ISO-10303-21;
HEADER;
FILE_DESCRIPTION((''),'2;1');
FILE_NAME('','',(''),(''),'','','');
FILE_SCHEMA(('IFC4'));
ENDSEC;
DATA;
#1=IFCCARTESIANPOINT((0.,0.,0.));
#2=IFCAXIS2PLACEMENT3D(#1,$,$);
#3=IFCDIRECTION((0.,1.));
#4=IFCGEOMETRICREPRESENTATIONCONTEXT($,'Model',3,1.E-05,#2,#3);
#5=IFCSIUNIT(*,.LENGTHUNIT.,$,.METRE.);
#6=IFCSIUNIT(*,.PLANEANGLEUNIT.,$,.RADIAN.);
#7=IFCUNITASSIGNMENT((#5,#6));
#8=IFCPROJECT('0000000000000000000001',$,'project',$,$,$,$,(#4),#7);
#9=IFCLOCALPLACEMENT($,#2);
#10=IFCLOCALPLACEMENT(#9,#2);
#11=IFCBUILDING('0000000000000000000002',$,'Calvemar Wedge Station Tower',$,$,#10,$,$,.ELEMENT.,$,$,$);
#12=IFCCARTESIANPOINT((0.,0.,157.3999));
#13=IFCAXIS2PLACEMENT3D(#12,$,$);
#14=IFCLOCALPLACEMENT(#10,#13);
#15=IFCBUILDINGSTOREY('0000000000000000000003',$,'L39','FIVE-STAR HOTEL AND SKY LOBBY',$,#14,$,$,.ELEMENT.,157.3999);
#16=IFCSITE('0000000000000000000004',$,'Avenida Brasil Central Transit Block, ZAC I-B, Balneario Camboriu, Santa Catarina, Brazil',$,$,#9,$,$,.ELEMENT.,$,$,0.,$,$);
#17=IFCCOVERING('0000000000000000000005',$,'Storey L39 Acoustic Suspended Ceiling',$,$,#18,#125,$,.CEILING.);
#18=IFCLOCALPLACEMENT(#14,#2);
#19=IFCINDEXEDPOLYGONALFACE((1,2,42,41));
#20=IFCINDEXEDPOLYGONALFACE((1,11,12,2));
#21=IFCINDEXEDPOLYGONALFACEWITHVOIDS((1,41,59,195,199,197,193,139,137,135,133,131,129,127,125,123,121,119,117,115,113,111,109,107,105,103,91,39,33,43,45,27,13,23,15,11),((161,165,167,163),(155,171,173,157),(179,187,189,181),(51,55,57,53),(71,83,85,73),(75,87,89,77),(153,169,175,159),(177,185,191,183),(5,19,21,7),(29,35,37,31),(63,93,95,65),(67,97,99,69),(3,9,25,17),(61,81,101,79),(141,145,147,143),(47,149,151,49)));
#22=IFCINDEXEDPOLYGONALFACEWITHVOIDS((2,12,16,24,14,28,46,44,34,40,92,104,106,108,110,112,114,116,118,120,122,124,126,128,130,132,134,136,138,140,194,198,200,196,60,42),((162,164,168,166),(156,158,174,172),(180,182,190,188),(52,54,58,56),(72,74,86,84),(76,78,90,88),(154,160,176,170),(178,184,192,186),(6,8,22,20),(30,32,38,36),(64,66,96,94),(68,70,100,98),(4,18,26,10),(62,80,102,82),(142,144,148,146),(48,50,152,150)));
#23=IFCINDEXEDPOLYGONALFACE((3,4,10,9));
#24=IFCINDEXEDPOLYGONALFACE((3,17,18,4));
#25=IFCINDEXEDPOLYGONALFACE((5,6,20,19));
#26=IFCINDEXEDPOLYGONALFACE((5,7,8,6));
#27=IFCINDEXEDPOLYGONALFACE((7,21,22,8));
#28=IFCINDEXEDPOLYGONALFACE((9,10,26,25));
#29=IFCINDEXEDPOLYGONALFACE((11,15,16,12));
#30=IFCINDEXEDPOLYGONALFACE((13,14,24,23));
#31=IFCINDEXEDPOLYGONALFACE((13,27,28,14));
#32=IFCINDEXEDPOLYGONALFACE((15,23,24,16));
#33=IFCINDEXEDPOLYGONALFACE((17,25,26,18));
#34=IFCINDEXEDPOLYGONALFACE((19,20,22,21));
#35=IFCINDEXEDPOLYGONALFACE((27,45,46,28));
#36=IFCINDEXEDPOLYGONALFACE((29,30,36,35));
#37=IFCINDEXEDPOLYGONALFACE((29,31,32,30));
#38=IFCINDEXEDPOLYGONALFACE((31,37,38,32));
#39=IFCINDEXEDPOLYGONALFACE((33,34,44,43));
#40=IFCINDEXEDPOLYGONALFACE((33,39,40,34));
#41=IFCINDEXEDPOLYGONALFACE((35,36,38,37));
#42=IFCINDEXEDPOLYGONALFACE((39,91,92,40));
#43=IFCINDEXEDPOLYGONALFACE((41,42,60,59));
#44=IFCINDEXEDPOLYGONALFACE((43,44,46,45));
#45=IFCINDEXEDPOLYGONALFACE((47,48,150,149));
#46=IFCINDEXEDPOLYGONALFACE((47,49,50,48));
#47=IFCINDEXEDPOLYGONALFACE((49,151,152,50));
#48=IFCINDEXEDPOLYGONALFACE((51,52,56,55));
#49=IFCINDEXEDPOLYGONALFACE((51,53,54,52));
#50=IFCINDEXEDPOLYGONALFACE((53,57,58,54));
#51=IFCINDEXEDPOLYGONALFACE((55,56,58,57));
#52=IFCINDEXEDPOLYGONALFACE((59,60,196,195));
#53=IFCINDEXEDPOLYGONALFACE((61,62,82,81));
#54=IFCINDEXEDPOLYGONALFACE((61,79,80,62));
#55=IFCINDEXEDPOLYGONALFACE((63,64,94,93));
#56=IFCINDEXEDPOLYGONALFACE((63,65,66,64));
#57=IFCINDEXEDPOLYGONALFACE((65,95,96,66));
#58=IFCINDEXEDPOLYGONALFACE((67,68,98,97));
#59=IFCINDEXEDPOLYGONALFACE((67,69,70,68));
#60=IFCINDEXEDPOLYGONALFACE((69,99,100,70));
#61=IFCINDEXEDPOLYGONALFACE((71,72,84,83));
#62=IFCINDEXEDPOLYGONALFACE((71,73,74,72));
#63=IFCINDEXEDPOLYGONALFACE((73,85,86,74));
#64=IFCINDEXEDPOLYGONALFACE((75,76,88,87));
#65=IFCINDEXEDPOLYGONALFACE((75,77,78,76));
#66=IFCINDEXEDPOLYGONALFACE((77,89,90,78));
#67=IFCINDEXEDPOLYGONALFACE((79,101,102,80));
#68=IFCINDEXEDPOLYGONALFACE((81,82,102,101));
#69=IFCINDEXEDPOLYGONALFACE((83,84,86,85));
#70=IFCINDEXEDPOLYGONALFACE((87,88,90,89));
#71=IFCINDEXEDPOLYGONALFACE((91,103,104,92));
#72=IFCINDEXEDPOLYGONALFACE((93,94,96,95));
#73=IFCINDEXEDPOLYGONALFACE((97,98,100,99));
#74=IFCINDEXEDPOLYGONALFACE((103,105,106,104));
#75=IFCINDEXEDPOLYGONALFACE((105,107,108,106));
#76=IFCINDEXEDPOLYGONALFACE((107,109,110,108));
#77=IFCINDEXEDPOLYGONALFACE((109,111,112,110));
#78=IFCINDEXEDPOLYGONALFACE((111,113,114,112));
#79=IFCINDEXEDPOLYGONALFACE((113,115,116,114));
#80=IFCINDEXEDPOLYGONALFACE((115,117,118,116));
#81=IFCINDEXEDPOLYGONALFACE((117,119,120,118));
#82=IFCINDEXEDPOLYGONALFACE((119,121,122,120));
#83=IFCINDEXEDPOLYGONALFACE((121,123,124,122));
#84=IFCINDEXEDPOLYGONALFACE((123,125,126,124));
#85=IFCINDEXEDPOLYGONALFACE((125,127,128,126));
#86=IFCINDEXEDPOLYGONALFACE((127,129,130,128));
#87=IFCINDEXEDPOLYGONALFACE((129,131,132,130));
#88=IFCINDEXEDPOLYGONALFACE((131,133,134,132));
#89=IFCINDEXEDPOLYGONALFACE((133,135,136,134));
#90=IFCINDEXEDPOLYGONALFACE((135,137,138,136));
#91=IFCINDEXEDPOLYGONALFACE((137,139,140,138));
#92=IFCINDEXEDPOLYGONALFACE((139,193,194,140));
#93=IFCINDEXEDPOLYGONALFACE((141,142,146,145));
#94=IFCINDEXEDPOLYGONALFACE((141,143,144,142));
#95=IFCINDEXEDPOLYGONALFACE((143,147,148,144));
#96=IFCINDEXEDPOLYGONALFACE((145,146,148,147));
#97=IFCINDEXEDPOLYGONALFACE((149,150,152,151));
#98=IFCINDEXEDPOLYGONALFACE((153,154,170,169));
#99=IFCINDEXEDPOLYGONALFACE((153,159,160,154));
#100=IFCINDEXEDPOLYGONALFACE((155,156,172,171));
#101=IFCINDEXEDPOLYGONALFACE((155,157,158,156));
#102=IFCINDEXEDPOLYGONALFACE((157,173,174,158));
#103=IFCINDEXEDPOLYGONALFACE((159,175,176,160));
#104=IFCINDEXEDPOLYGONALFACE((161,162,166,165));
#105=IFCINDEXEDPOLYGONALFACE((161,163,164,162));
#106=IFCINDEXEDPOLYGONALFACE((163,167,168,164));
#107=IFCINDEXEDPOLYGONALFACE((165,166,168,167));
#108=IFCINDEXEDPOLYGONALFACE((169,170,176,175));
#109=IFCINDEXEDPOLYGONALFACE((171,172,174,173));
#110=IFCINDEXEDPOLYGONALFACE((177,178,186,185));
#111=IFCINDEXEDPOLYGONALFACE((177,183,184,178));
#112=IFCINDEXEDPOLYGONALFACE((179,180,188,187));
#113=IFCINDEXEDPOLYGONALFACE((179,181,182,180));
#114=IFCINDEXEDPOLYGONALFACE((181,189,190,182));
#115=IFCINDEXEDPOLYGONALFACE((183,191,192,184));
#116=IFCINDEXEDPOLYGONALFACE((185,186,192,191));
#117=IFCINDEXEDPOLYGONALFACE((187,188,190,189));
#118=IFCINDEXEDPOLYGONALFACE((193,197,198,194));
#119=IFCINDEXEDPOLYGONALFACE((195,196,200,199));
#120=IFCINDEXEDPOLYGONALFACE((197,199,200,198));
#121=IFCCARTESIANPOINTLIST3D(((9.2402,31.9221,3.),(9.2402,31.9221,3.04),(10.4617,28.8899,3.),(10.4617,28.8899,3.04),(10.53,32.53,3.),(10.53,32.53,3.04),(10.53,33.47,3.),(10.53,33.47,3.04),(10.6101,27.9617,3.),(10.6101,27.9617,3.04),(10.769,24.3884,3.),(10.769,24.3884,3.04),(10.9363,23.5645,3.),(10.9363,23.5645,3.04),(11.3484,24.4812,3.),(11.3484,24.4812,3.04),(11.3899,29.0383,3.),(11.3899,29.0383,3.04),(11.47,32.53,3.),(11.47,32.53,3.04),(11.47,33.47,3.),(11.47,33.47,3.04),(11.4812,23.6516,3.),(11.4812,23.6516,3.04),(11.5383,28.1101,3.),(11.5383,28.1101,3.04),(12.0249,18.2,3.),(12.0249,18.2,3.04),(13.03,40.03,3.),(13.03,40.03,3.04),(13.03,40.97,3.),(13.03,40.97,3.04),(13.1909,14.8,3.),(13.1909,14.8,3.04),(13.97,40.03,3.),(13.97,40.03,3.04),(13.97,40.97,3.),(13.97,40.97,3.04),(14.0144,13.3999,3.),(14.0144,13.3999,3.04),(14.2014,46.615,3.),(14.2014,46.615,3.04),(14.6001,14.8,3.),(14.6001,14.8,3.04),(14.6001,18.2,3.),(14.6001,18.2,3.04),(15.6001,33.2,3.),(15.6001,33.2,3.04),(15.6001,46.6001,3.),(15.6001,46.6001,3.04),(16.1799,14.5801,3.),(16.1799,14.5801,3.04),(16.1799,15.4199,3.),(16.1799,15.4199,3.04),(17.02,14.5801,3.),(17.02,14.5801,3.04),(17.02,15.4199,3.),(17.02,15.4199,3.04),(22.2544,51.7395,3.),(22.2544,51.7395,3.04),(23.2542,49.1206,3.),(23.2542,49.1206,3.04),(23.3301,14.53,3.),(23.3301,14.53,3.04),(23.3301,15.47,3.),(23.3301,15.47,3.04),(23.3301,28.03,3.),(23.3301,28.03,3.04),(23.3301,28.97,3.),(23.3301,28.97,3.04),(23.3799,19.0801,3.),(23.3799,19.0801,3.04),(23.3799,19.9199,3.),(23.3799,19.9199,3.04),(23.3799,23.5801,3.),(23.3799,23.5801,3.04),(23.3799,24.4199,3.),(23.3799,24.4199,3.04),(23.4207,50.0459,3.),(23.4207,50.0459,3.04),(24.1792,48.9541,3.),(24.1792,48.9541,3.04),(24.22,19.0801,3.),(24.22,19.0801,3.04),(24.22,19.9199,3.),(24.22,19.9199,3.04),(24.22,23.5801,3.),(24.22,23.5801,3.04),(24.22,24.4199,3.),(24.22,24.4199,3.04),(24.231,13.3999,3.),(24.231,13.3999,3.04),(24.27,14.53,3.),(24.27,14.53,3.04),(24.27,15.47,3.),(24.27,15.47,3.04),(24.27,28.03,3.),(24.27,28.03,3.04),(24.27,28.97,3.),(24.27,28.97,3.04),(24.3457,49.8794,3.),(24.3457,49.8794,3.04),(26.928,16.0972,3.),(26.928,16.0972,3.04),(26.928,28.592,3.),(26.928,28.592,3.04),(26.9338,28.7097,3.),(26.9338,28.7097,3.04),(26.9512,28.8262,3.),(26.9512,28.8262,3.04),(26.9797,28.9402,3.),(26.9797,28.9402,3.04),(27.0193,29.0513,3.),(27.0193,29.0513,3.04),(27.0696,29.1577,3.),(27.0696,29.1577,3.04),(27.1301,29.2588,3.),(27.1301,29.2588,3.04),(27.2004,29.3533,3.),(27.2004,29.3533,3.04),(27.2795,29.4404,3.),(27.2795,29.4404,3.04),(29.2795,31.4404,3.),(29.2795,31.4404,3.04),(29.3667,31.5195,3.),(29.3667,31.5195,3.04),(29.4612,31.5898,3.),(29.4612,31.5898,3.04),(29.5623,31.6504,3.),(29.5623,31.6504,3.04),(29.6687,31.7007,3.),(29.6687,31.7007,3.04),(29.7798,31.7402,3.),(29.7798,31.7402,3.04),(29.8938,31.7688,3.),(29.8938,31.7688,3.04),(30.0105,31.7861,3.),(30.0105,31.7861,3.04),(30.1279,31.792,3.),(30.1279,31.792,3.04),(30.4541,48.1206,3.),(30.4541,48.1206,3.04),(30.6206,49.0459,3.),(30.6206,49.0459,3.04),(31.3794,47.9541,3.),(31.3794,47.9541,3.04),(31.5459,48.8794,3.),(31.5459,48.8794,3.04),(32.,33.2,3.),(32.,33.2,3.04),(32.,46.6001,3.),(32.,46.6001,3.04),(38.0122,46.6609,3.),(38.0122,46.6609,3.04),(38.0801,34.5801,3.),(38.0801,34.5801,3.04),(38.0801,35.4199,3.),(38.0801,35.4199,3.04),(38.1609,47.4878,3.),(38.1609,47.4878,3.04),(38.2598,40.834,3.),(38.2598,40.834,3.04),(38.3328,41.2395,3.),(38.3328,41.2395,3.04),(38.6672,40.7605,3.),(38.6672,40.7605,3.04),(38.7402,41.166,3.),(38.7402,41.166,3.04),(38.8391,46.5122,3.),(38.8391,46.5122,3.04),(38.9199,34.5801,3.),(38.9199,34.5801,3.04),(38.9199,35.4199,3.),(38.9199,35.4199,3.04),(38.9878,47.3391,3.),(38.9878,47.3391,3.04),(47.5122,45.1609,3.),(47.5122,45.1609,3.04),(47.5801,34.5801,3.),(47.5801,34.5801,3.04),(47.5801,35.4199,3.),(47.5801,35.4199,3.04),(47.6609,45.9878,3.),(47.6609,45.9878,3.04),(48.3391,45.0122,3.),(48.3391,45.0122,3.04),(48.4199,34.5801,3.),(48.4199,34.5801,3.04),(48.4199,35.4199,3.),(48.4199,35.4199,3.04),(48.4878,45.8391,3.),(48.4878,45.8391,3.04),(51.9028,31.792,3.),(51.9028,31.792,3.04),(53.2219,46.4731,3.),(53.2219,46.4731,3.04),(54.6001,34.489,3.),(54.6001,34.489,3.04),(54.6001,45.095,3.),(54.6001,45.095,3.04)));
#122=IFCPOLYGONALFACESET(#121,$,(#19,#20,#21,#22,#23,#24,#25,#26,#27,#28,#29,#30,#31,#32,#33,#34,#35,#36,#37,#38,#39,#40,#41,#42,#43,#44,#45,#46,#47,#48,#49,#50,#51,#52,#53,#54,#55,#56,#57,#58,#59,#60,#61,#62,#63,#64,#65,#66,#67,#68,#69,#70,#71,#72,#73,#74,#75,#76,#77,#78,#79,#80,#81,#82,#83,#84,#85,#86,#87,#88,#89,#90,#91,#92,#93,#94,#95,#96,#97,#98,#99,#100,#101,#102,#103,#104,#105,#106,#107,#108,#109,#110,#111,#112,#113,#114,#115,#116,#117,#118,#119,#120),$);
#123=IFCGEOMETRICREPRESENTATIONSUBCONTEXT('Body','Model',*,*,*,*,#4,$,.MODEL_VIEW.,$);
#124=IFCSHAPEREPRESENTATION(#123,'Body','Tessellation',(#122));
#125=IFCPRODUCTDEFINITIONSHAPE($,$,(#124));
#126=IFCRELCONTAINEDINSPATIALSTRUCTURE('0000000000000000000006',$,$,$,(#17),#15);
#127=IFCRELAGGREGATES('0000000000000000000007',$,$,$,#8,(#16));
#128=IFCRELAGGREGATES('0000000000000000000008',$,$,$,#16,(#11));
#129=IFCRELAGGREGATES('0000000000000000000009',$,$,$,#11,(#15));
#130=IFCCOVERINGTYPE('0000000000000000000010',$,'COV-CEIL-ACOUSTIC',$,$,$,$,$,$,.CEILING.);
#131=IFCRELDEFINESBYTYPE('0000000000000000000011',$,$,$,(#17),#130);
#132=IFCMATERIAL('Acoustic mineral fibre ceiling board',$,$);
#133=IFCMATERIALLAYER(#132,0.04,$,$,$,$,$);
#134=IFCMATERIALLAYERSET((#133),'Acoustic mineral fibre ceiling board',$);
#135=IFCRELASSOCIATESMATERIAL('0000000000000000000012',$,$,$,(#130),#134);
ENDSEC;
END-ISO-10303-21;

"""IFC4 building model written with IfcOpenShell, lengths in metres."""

from ifc_helpers import new_model, si_unit, direction, frame, origin, place, context, subcontext, project, spatial, polyline, outline, extrude, material, layer, layer_set, type_object, element, save


model = new_model("IFC4")

# Units and contexts
model_context = context("Model", 3, precision=1e-05, world=origin(), true_north=direction((0.0, 1.0)))
body_context = subcontext(model_context, "Body", "Model", "MODEL_VIEW")
ifc_project = project(units=[si_unit("LENGTHUNIT", "METRE"), si_unit("PLANEANGLEUNIT", "RADIAN")], contexts=[model_context])

# Site, building, storey
site_placement = place(None, origin())
site = spatial("IfcSite", under=ifc_project, at=site_placement, Name="Avenida Brasil Central Transit Block, ZAC I-B, Balneario Camboriu, Santa Catarina, Brazil", CompositionType="ELEMENT", RefElevation=0.0)
building_placement = place(site_placement, origin())
building = spatial("IfcBuilding", under=site, at=building_placement, Name="Calvemar Wedge Station Tower", CompositionType="ELEMENT")
storey_placement = place(building_placement, frame((0.0, 0.0, 157.3999)))
storey = spatial("IfcBuildingStorey", under=building, at=storey_placement, Name="L39", Description="FIVE-STAR HOTEL AND SKY LOBBY", CompositionType="ELEMENT", Elevation=157.3999)

# Covering
ifc_material_1 = material(Name="Acoustic mineral fibre ceiling board")
ifc_layer_1 = layer(ifc_material_1, 0.04)
ifc_layer_set_1 = layer_set([ifc_layer_1], Name="Acoustic mineral fibre ceiling board")
covering_type_1 = type_object("IfcCoveringType", Name="COV-CEIL-ACOUSTIC", PredefinedType="CEILING", material=ifc_layer_set_1)
covering_1_placement = place(storey_placement, frame((0.0, 0.0, 3.0)))
element("IfcCovering", 1, at=covering_1_placement, inside=storey, type_object=covering_type_1, Name="Storey L39 Acoustic Suspended Ceiling", PredefinedType="CEILING", context=body_context, shape_type="SweptSolid", body=[
    extrude(outline(polyline([(27.2795, 29.4404), (29.2795, 31.4404), (29.3667, 31.5195), (29.4612, 31.5898), (29.5623, 31.6504), (29.6687, 31.7007), (29.7798, 31.7402), (29.8938, 31.7688), (30.0105, 31.7861), (30.1279, 31.792), (51.9028, 31.792), (54.6001, 34.489), (54.6001, 45.095), (53.2219, 46.4731), (22.2544, 51.7395), (14.2014, 46.615), (9.2402, 31.9221), (10.769, 24.3884), (11.3484, 24.4812), (11.4812, 23.6516), (10.9363, 23.5645), (12.0249, 18.2), (14.6001, 18.2), (14.6001, 14.8), (13.1909, 14.8), (14.0144, 13.3999), (24.231, 13.3999), (26.928, 16.0972), (26.928, 28.592), (26.9338, 28.7097), (26.9512, 28.8262), (26.9797, 28.9402), (27.0193, 29.0513), (27.0696, 29.1577), (27.1301, 29.2588), (27.2004, 29.3533), (27.2795, 29.4404)]), holes=[polyline([(15.6001, 46.6001), (32.0, 46.6001), (32.0, 33.2), (15.6001, 33.2), (15.6001, 46.6001)]), polyline([(10.53, 32.53), (10.53, 33.47), (11.47, 33.47), (11.47, 32.53), (10.53, 32.53)]), polyline([(13.03, 40.97), (13.97, 40.97), (13.97, 40.03), (13.03, 40.03), (13.03, 40.97)]), polyline([(24.3457, 49.8794), (24.1792, 48.9541), (23.2542, 49.1206), (23.4207, 50.0459), (24.3457, 49.8794)]), polyline([(31.3794, 47.9541), (30.4541, 48.1206), (30.6206, 49.0459), (31.5459, 48.8794), (31.3794, 47.9541)]), polyline([(38.0122, 46.6609), (38.1609, 47.4878), (38.9878, 47.3391), (38.8391, 46.5122), (38.0122, 46.6609)]), polyline([(47.6609, 45.9878), (48.4878, 45.8391), (48.3391, 45.0122), (47.5122, 45.1609), (47.6609, 45.9878)]), polyline([(38.9199, 35.4199), (38.9199, 34.5801), (38.0801, 34.5801), (38.0801, 35.4199), (38.9199, 35.4199)]), polyline([(48.4199, 34.5801), (47.5801, 34.5801), (47.5801, 35.4199), (48.4199, 35.4199), (48.4199, 34.5801)]), polyline([(38.2598, 40.834), (38.3328, 41.2395), (38.7402, 41.166), (38.6672, 40.7605), (38.2598, 40.834)]), polyline([(11.3899, 29.0383), (11.5383, 28.1101), (10.6101, 27.9617), (10.4617, 28.8899), (11.3899, 29.0383)]), polyline([(24.27, 28.03), (23.3301, 28.03), (23.3301, 28.97), (24.27, 28.97), (24.27, 28.03)]), polyline([(23.3799, 23.5801), (23.3799, 24.4199), (24.22, 24.4199), (24.22, 23.5801), (23.3799, 23.5801)]), polyline([(23.3799, 19.9199), (24.22, 19.9199), (24.22, 19.0801), (23.3799, 19.0801), (23.3799, 19.9199)]), polyline([(24.27, 15.47), (24.27, 14.53), (23.3301, 14.53), (23.3301, 15.47), (24.27, 15.47)]), polyline([(17.02, 14.5801), (16.1799, 14.5801), (16.1799, 15.4199), (17.02, 15.4199), (17.02, 14.5801)])]), origin(), (0.0, 0.0, 1.0), 0.04),
])

save(model, "model.ifc")
